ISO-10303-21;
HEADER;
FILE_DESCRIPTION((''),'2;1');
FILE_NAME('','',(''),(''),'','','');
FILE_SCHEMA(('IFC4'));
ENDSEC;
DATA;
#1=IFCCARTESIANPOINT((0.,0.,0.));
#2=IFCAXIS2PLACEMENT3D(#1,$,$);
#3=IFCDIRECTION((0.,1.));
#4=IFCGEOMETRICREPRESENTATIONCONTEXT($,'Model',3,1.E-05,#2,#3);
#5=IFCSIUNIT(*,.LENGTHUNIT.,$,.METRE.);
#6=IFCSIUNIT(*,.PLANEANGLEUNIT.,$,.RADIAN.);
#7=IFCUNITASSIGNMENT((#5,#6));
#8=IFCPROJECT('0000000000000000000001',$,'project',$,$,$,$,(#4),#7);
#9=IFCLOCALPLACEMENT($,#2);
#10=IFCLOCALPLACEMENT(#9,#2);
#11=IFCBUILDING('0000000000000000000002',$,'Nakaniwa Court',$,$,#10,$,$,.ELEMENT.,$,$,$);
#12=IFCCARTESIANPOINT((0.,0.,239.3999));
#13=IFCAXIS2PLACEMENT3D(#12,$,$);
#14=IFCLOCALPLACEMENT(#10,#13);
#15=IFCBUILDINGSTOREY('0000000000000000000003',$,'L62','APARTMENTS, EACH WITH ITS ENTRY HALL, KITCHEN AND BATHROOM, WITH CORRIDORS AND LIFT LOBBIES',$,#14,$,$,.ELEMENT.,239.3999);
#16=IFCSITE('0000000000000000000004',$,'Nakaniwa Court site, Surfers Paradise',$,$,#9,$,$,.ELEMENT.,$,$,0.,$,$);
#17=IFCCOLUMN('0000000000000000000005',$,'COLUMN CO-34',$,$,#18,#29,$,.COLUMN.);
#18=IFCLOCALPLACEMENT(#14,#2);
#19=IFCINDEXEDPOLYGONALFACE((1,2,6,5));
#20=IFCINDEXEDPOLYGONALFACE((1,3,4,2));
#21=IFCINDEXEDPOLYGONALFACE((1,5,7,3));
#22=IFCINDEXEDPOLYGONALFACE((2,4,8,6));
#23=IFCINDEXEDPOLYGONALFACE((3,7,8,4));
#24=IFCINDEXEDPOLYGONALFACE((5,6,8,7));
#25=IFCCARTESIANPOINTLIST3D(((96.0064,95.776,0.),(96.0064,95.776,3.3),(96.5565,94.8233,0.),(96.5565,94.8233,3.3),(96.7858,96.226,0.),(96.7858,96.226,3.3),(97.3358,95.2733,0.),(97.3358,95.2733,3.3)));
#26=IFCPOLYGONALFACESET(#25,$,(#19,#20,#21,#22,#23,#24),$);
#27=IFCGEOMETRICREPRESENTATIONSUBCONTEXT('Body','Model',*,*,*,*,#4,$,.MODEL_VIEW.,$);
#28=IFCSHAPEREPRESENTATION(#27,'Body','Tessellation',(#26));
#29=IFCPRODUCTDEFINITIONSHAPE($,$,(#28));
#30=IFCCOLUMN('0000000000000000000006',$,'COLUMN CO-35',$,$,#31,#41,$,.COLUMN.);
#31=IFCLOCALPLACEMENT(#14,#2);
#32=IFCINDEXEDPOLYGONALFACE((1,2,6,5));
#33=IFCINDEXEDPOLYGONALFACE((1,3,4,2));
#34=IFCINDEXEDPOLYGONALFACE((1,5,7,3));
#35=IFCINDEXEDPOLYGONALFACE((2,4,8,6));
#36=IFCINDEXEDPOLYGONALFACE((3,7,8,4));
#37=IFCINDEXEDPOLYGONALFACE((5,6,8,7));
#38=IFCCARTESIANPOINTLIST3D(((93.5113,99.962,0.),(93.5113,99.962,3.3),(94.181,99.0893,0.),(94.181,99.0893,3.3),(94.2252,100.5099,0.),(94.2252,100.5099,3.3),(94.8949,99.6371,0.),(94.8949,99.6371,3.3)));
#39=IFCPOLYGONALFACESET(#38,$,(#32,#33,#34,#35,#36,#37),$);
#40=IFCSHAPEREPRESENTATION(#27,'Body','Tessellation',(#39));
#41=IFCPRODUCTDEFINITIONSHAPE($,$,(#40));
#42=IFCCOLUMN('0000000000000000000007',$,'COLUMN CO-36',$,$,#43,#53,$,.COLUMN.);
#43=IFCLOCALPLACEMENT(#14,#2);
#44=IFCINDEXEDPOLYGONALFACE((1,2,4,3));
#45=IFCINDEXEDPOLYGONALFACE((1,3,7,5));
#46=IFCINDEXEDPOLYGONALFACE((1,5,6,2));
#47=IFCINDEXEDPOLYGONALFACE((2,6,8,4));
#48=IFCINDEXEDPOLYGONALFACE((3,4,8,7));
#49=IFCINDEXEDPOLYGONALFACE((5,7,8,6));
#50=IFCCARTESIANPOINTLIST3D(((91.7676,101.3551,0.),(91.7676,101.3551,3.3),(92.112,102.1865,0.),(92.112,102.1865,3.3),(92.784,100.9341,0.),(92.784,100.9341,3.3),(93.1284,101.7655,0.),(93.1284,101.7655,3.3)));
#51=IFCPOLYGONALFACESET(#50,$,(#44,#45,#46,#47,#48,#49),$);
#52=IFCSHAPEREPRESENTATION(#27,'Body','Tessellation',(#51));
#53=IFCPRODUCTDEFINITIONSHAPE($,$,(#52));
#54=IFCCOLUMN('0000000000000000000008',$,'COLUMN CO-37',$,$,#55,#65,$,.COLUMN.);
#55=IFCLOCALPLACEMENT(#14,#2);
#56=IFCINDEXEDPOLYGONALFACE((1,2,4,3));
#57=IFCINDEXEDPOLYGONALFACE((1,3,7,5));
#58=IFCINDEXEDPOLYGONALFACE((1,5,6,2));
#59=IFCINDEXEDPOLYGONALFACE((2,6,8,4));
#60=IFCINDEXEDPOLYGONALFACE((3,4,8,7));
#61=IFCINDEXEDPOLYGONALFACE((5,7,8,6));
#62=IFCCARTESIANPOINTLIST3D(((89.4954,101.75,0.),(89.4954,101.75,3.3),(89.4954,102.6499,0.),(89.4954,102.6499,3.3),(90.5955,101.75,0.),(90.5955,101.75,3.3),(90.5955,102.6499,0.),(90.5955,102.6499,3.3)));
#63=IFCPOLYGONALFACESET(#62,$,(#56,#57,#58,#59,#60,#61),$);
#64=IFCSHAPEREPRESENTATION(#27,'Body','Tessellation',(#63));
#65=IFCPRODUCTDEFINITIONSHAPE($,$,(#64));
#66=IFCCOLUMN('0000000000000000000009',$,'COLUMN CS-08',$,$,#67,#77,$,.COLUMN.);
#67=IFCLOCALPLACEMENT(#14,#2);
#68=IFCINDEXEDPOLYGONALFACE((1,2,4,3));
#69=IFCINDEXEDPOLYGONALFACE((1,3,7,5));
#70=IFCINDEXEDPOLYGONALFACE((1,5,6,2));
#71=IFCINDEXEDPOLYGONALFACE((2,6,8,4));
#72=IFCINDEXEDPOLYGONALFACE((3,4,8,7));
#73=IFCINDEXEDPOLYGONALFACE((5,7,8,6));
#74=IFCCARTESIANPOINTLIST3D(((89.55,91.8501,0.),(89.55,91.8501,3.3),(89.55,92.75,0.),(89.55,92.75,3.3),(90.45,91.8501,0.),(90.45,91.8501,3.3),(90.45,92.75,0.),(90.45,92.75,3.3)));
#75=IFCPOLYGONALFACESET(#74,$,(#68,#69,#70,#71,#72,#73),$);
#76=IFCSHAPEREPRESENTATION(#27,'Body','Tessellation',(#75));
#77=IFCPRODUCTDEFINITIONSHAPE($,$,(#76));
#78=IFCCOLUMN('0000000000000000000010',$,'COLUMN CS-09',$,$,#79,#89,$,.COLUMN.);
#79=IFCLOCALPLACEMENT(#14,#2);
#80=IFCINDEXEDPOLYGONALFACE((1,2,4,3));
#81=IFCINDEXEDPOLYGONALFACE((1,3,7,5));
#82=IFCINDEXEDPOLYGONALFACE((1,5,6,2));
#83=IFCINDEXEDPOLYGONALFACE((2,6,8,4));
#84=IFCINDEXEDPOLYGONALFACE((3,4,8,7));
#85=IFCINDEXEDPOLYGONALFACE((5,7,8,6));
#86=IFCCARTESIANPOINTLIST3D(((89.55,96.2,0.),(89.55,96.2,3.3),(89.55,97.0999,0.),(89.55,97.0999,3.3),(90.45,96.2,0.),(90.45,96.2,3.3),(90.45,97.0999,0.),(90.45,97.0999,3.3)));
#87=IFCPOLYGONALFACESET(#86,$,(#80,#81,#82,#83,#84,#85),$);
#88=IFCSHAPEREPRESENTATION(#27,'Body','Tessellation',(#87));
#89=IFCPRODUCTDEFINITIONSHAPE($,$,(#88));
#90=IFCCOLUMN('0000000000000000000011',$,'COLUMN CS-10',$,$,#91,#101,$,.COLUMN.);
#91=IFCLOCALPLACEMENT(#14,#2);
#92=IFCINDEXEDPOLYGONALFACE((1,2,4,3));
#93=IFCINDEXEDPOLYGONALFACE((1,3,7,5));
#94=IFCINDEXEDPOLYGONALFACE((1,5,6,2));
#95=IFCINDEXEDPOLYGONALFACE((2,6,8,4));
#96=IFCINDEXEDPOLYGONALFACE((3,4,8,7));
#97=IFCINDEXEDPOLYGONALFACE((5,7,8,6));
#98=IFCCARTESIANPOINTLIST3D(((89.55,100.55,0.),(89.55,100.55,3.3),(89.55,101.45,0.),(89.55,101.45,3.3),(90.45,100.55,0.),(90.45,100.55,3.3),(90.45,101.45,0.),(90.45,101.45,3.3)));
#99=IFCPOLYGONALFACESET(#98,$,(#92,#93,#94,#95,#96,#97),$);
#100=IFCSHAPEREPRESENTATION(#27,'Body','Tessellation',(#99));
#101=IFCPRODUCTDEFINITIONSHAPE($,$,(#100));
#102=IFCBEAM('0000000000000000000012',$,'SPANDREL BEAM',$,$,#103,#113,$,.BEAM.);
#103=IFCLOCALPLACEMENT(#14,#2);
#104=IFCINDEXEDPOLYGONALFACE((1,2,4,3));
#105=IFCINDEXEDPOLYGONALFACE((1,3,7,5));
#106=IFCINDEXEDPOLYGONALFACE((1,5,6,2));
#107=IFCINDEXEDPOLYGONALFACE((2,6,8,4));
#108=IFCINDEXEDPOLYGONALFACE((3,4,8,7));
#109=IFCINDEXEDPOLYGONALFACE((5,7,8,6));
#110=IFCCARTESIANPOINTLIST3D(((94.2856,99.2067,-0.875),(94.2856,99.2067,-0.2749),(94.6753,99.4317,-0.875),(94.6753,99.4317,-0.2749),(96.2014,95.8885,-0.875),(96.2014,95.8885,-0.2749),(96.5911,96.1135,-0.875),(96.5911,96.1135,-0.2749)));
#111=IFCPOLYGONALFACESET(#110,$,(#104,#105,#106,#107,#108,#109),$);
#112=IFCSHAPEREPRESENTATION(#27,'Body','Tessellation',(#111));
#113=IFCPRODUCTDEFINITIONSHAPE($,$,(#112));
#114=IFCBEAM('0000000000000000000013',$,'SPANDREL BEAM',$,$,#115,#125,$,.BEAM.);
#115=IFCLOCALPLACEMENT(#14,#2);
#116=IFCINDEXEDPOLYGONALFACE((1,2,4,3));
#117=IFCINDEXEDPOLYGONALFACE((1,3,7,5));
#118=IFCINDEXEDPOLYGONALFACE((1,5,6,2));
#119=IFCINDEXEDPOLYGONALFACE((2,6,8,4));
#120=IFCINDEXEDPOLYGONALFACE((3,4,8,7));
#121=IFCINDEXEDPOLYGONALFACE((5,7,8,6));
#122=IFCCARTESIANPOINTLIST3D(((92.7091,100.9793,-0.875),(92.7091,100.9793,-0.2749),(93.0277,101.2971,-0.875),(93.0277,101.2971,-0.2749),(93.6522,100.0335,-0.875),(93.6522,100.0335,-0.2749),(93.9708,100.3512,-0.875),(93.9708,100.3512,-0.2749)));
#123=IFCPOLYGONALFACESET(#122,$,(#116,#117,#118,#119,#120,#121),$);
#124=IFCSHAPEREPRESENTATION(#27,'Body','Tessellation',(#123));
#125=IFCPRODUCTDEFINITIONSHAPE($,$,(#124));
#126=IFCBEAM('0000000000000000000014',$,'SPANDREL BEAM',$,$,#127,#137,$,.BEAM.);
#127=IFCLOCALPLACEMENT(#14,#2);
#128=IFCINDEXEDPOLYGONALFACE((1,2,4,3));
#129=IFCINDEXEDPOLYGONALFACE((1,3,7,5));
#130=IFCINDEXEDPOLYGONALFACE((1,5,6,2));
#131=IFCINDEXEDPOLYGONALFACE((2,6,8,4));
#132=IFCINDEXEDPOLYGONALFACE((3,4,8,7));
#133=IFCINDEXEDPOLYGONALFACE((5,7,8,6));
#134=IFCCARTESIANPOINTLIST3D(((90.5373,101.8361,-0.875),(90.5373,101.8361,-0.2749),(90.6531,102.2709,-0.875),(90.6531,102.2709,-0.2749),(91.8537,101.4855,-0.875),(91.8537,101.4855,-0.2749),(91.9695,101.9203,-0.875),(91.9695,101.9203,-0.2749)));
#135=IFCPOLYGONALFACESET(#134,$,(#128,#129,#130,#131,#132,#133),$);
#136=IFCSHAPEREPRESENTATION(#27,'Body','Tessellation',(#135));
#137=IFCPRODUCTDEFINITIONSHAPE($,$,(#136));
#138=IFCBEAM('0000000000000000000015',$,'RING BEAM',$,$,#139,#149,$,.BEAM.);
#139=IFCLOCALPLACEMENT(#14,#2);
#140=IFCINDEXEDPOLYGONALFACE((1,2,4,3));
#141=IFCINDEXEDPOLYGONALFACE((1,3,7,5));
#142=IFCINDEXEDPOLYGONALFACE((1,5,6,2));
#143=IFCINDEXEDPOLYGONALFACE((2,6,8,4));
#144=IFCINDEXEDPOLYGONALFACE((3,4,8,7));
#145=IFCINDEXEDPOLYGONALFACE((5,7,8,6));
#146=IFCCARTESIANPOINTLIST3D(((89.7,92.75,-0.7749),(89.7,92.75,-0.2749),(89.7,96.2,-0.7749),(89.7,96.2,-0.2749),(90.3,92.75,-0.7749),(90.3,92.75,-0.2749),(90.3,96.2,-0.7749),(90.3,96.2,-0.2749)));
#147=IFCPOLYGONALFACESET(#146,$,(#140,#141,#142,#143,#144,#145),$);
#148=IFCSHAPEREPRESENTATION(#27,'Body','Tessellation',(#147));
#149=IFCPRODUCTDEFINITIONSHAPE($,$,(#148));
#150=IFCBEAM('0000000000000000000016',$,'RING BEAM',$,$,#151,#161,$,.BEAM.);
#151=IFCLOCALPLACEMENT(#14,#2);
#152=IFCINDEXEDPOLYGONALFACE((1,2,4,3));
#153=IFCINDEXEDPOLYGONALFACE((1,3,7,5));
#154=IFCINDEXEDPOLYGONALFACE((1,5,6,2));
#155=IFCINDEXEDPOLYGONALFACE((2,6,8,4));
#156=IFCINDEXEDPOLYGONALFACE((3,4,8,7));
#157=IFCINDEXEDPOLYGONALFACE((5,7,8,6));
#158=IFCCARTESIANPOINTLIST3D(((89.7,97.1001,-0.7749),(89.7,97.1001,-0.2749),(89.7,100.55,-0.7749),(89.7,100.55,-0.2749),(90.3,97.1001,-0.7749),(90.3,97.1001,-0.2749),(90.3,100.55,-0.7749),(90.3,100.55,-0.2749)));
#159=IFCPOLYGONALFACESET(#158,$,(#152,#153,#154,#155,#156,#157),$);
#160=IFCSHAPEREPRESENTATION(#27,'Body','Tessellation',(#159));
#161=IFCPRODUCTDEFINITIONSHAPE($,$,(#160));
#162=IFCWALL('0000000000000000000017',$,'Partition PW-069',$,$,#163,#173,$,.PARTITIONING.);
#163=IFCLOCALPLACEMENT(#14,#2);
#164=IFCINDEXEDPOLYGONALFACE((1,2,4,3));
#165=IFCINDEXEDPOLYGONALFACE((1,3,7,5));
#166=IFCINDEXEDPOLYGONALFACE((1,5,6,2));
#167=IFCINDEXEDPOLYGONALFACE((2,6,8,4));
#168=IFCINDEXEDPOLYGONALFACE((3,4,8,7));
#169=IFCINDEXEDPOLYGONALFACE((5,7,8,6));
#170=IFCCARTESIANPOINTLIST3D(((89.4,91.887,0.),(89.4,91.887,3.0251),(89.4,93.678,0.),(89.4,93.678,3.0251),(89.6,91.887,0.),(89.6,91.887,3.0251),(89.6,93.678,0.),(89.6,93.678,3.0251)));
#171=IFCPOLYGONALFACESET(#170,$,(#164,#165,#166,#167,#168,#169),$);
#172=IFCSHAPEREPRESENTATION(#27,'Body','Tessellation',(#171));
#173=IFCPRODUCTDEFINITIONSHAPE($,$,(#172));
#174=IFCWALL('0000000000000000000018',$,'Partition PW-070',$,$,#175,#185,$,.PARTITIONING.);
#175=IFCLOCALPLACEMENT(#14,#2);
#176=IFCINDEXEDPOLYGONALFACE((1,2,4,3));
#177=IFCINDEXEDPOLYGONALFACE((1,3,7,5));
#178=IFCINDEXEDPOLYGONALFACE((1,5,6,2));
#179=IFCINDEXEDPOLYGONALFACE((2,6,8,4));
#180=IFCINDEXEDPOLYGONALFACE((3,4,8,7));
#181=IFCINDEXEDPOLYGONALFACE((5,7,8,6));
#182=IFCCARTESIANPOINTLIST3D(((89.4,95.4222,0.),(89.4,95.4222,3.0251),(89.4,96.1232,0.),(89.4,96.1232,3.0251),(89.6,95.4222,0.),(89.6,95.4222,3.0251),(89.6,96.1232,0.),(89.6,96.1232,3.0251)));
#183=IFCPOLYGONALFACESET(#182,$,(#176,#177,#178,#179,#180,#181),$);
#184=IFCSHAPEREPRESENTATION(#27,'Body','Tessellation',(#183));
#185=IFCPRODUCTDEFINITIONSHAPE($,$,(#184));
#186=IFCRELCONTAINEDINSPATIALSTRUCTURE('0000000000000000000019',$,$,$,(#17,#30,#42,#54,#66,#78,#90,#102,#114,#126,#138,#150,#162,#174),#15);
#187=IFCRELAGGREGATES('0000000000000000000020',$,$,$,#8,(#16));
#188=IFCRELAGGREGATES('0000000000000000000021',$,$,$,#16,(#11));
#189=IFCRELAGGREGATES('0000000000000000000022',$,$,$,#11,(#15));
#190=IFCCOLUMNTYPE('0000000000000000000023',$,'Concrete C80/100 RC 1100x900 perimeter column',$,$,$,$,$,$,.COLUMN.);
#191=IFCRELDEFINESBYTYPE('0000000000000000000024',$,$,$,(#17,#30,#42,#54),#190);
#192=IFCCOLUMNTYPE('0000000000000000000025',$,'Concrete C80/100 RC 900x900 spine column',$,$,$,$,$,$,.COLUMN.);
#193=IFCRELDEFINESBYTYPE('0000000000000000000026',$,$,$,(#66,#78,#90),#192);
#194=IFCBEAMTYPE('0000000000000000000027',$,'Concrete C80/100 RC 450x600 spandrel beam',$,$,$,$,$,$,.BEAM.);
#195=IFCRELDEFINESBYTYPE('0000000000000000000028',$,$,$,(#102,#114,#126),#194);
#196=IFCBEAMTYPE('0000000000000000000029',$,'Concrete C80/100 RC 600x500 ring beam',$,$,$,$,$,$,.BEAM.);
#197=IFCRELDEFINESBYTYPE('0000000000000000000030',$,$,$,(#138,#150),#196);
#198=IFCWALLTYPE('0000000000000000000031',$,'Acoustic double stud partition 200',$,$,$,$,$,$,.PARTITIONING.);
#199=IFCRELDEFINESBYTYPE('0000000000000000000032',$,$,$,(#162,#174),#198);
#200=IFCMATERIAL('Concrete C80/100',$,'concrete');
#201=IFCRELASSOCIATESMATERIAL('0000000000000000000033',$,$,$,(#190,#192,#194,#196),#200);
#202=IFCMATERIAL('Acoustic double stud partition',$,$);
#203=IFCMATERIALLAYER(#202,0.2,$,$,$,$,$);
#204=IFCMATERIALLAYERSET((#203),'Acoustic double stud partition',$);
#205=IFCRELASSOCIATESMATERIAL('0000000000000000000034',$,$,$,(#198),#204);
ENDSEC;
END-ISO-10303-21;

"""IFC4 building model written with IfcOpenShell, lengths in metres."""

from ifc_helpers import new_model, si_unit, direction, frame, frame_2d, origin, origin_2d, place, context, subcontext, project, spatial, rectangle, extrude, material, layer, layer_set, material_profile, profile_set, type_object, element, save


model = new_model("IFC4")

# Units and contexts
model_context = context("Model", 3, precision=1e-05, world=origin(), true_north=direction((0.0, 1.0)))
body_context = subcontext(model_context, "Body", "Model", "MODEL_VIEW")
ifc_project = project(units=[si_unit("LENGTHUNIT", "METRE"), si_unit("PLANEANGLEUNIT", "RADIAN")], contexts=[model_context])

# Site, building, storey
site_placement = place(None, origin())
site = spatial("IfcSite", under=ifc_project, at=site_placement, Name="Nakaniwa Court site, Surfers Paradise", CompositionType="ELEMENT", RefElevation=0.0)
building_placement = place(site_placement, origin())
building = spatial("IfcBuilding", under=site, at=building_placement, Name="Nakaniwa Court", CompositionType="ELEMENT")
storey_placement = place(building_placement, frame((0.0, 0.0, 239.3999)))
storey = spatial("IfcBuildingStorey", under=building, at=storey_placement, Name="L62", Description="APARTMENTS, EACH WITH ITS ENTRY HALL, KITCHEN AND BATHROOM, WITH CORRIDORS AND LIFT LOBBIES", CompositionType="ELEMENT", Elevation=239.3999)

# Columns
ifc_material_1 = material(Name="Concrete C80/100", Category="concrete")
ifc_material_profile_1 = material_profile(ifc_material_1, rectangle(XDim=1.1001, YDim=0.8999, at=origin_2d()), Name="Concrete C80/100 RC 1100x900 perimeter column")
ifc_profile_set_1 = profile_set([ifc_material_profile_1], Name="Concrete C80/100")
column_type_1 = type_object("IfcColumnType", Name="Concrete C80/100 RC 1100x900 perimeter column", PredefinedType="COLUMN", material=ifc_profile_set_1)
for number, where, z_axis, x_axis, name in (
    (1, (96.6711, 95.5247, 0.0), (0.0, 0.0, 1.0), (-0.5, 0.866025, 0.0), "COLUMN CO-34"),
    (2, (94.2031, 99.7996, 0.0), (0.0, 0.0, 1.0), (-0.608761, 0.793353, 0.0), "COLUMN CO-35"),
    (3, (92.448, 101.5603, 0.0), (0.0, 0.0, 1.0), (-0.92388, 0.382683, 0.0), "COLUMN CO-36"),
    (4, (90.0454, 102.2, 0.0), (0.0, 0.0, 1.0), (-1.0, 0.0, 0.0), "COLUMN CO-37"),
):
    element("IfcColumn", number, at=place(storey_placement, frame(where, z_axis=z_axis, x_axis=x_axis)), inside=storey, type_object=column_type_1, Name=name, PredefinedType="COLUMN", context=body_context, shape_type="SweptSolid", body=[
        extrude(rectangle(XDim=1.1001, YDim=0.8999, at=origin_2d()), origin(), (0.0, 0.0, 1.0), 3.3),
    ])
ifc_material_profile_2 = material_profile(ifc_material_1, rectangle(XDim=0.8999, YDim=0.8999, at=origin_2d()), Name="Concrete C80/100 RC 900x900 spine column")
ifc_profile_set_2 = profile_set([ifc_material_profile_2], Name="Concrete C80/100")
column_type_2 = type_object("IfcColumnType", Name="Concrete C80/100 RC 900x900 spine column", PredefinedType="COLUMN", material=ifc_profile_set_2)
for number, where, z_axis, x_axis, name in (
    (5, (90.0, 92.3, 0.0), (0.0, 0.0, 1.0), (0.0, 1.0, 0.0), "COLUMN CS-08"),
    (6, (90.0, 96.6499, 0.0), (0.0, 0.0, 1.0), (0.0, 1.0, 0.0), "COLUMN CS-09"),
    (7, (90.0, 101.0, 0.0), (0.0, 0.0, 1.0), (0.0, 1.0, 0.0), "COLUMN CS-10"),
):
    element("IfcColumn", number, at=place(storey_placement, frame(where, z_axis=z_axis, x_axis=x_axis)), inside=storey, type_object=column_type_2, Name=name, PredefinedType="COLUMN", context=body_context, shape_type="SweptSolid", body=[
        extrude(rectangle(XDim=0.8999, YDim=0.8999, at=origin_2d()), origin(), (0.0, 0.0, 1.0), 3.3),
    ])

# Beams
ifc_material_profile_3 = material_profile(ifc_material_1, rectangle(XDim=0.45, YDim=0.6001, at=origin_2d()), Name="Concrete C80/100 RC 450x600 spandrel beam")
ifc_profile_set_3 = profile_set([ifc_material_profile_3], Name="Concrete C80/100")
beam_type_1 = type_object("IfcBeamType", Name="Concrete C80/100 RC 450x600 spandrel beam", PredefinedType="BEAM", material=ifc_profile_set_3)
beam_1_placement = place(storey_placement, frame((96.3962, 96.001, -0.575), z_axis=(-0.500011, 0.866019, 0.0), x_axis=(-0.866019, -0.500011, 0.0)))
element("IfcBeam", 8, at=beam_1_placement, inside=storey, type_object=beam_type_1, Name="SPANDREL BEAM", PredefinedType="BEAM", context=body_context, shape_type="SweptSolid", body=[
    extrude(rectangle(XDim=0.45, YDim=0.6001, at=origin_2d()), origin(), (0.0, 0.0, 1.0), 3.8315),
])
beam_2_placement = place(storey_placement, frame((93.8115, 100.1924, -0.575), z_axis=(-0.706101, 0.708111, 0.0), x_axis=(-0.708111, -0.706101, 0.0)))
element("IfcBeam", 9, at=beam_2_placement, inside=storey, type_object=beam_type_1, Name="SPANDREL BEAM", PredefinedType="BEAM", context=body_context, shape_type="SweptSolid", body=[
    extrude(rectangle(XDim=0.45, YDim=0.6001, at=origin_2d()), origin(), (0.0, 0.0, 1.0), 1.3357),
])
beam_3_placement = place(storey_placement, frame((91.9116, 101.7029, -0.575), z_axis=(-0.966318, 0.25735, 0.0), x_axis=(-0.25735, -0.966318, 0.0)))
element("IfcBeam", 10, at=beam_3_placement, inside=storey, type_object=beam_type_1, Name="SPANDREL BEAM", PredefinedType="BEAM", context=body_context, shape_type="SweptSolid", body=[
    extrude(rectangle(XDim=0.45, YDim=0.6001, at=origin_2d()), origin(), (0.0, 0.0, 1.0), 1.3623),
])
ifc_material_profile_4 = material_profile(ifc_material_1, rectangle(XDim=0.6001, YDim=0.5, at=origin_2d()), Name="Concrete C80/100 RC 600x500 ring beam")
ifc_profile_set_4 = profile_set([ifc_material_profile_4], Name="Concrete C80/100")
beam_type_2 = type_object("IfcBeamType", Name="Concrete C80/100 RC 600x500 ring beam", PredefinedType="BEAM", material=ifc_profile_set_4)
for number, where, z_axis, x_axis, name in (
    (11, (90.0, 92.75, -0.5249), (0.0, 1.0, 0.0), (-1.0, 0.0, 0.0), "RING BEAM"),
    (12, (90.0, 97.1001, -0.5249), (0.0, 1.0, 0.0), (-1.0, 0.0, 0.0), "RING BEAM"),
):
    element("IfcBeam", number, at=place(storey_placement, frame(where, z_axis=z_axis, x_axis=x_axis)), inside=storey, type_object=beam_type_2, Name=name, PredefinedType="BEAM", context=body_context, shape_type="SweptSolid", body=[
        extrude(rectangle(XDim=0.6001, YDim=0.5, at=origin_2d()), origin(), (0.0, 0.0, 1.0), 3.45),
    ])

# Walls
ifc_material_2 = material(Name="Acoustic double stud partition")
ifc_layer_1 = layer(ifc_material_2, 0.2)
ifc_layer_set_1 = layer_set([ifc_layer_1], Name="Acoustic double stud partition")
wall_type_1 = type_object("IfcWallType", Name="Acoustic double stud partition 200", PredefinedType="PARTITIONING", material=ifc_layer_set_1)
wall_1_placement = place(storey_placement, frame((89.5, 91.887, 0.0), z_axis=(0.0, 0.0, 1.0), x_axis=(0.0, 1.0, 0.0)))
element("IfcWall", 13, at=wall_1_placement, inside=storey, type_object=wall_type_1, Name="Partition PW-069", PredefinedType="PARTITIONING", context=body_context, shape_type="SweptSolid", body=[
    extrude(rectangle(XDim=1.791, YDim=0.2, at=frame_2d((0.8955, 0.0))), origin(), (0.0, 0.0, 1.0), 3.0251),
])
wall_2_placement = place(storey_placement, frame((89.5, 95.4221, 0.0), z_axis=(0.0, 0.0, 1.0), x_axis=(0.0, 1.0, 0.0)))
element("IfcWall", 14, at=wall_2_placement, inside=storey, type_object=wall_type_1, Name="Partition PW-070", PredefinedType="PARTITIONING", context=body_context, shape_type="SweptSolid", body=[
    extrude(rectangle(XDim=0.7009, YDim=0.2, at=frame_2d((0.3506, 0.0))), origin(), (0.0, 0.0, 1.0), 3.0251),
])

save(model, "model.ifc")
